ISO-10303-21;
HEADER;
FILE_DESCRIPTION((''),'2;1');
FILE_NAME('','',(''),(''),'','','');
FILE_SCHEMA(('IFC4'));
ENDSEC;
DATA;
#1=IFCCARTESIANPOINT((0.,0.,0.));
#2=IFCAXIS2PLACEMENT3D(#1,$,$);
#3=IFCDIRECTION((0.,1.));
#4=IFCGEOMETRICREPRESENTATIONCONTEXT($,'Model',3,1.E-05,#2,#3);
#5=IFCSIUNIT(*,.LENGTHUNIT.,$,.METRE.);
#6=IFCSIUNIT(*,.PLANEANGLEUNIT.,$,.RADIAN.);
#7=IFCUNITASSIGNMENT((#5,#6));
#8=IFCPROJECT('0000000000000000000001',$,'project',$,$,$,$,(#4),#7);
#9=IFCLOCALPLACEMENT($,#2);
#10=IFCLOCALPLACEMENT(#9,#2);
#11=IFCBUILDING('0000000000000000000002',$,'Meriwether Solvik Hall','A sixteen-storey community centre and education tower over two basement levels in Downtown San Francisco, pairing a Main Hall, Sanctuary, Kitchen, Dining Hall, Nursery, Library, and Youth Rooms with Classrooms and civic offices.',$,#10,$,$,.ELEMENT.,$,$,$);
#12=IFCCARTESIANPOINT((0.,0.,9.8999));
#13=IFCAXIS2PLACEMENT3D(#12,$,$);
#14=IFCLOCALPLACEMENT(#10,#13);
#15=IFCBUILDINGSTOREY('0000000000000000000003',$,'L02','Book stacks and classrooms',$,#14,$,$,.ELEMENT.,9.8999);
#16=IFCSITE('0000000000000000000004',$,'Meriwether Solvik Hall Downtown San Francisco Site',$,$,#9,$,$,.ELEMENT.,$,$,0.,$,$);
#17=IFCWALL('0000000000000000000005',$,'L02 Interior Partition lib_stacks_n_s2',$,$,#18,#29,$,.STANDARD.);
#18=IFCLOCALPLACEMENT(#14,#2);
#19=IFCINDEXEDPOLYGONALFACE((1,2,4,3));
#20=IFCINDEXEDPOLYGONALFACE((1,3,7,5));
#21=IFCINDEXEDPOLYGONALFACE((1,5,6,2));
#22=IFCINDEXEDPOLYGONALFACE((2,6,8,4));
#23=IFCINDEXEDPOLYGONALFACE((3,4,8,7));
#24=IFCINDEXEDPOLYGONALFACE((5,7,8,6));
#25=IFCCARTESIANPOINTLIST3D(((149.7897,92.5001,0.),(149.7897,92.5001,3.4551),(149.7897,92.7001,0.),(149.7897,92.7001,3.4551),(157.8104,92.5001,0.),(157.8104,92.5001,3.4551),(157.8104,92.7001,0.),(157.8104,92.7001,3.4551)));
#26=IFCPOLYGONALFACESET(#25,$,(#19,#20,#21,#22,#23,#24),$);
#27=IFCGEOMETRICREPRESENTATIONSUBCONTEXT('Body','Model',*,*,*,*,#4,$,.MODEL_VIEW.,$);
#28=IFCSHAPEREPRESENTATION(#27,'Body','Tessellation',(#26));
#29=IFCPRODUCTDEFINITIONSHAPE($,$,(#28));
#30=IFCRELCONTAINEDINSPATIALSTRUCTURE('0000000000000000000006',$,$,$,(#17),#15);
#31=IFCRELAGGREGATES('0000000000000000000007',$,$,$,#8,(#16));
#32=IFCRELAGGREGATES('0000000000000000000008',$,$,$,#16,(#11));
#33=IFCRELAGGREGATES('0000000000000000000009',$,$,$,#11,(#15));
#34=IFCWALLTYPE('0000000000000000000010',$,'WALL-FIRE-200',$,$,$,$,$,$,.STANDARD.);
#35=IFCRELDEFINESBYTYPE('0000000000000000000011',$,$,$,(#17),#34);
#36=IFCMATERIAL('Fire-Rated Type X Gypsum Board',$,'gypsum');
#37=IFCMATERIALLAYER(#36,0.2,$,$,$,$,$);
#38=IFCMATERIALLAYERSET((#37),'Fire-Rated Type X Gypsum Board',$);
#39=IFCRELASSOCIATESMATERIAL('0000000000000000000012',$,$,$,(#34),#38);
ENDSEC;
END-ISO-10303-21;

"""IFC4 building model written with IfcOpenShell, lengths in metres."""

from ifc_helpers import new_model, si_unit, direction, frame, frame_2d, origin, place, context, subcontext, project, spatial, rectangle, extrude, material, layer, layer_set, type_object, element, save


model = new_model("IFC4")

# Units and contexts
model_context = context("Model", 3, precision=1e-05, world=origin(), true_north=direction((0.0, 1.0)))
body_context = subcontext(model_context, "Body", "Model", "MODEL_VIEW")
ifc_project = project(units=[si_unit("LENGTHUNIT", "METRE"), si_unit("PLANEANGLEUNIT", "RADIAN")], contexts=[model_context])

# Site, building, storey
site_placement = place(None, origin())
site = spatial("IfcSite", under=ifc_project, at=site_placement, Name="Meriwether Solvik Hall Downtown San Francisco Site", CompositionType="ELEMENT", RefElevation=0.0)
building_placement = place(site_placement, origin())
building = spatial("IfcBuilding", under=site, at=building_placement, Name="Meriwether Solvik Hall", Description="A sixteen-storey community centre and education tower over two basement levels in Downtown San Francisco, pairing a Main Hall, Sanctuary, Kitchen, Dining Hall, Nursery, Library, and Youth Rooms with Classrooms and civic offices.", CompositionType="ELEMENT")
storey_placement = place(building_placement, frame((0.0, 0.0, 9.8999)))
storey = spatial("IfcBuildingStorey", under=building, at=storey_placement, Name="L02", Description="Book stacks and classrooms", CompositionType="ELEMENT", Elevation=9.8999)

# Wall
ifc_material_1 = material(Name="Fire-Rated Type X Gypsum Board", Category="gypsum")
ifc_layer_1 = layer(ifc_material_1, 0.2)
ifc_layer_set_1 = layer_set([ifc_layer_1], Name="Fire-Rated Type X Gypsum Board")
wall_type_1 = type_object("IfcWallType", Name="WALL-FIRE-200", PredefinedType="STANDARD", material=ifc_layer_set_1)
wall_1_placement = place(storey_placement, frame((157.8103, 92.6001, 0.0), z_axis=(0.0, 0.0, 1.0), x_axis=(-1.0, 0.0, 0.0)))
element("IfcWall", 1, at=wall_1_placement, inside=storey, type_object=wall_type_1, Name="L02 Interior Partition lib_stacks_n_s2", PredefinedType="STANDARD", context=body_context, shape_type="SweptSolid", body=[
    extrude(rectangle(XDim=8.0208, YDim=0.2, at=frame_2d((4.0103, 0.0))), origin(), (0.0, 0.0, 1.0), 3.4551),
])

save(model, "model.ifc")
